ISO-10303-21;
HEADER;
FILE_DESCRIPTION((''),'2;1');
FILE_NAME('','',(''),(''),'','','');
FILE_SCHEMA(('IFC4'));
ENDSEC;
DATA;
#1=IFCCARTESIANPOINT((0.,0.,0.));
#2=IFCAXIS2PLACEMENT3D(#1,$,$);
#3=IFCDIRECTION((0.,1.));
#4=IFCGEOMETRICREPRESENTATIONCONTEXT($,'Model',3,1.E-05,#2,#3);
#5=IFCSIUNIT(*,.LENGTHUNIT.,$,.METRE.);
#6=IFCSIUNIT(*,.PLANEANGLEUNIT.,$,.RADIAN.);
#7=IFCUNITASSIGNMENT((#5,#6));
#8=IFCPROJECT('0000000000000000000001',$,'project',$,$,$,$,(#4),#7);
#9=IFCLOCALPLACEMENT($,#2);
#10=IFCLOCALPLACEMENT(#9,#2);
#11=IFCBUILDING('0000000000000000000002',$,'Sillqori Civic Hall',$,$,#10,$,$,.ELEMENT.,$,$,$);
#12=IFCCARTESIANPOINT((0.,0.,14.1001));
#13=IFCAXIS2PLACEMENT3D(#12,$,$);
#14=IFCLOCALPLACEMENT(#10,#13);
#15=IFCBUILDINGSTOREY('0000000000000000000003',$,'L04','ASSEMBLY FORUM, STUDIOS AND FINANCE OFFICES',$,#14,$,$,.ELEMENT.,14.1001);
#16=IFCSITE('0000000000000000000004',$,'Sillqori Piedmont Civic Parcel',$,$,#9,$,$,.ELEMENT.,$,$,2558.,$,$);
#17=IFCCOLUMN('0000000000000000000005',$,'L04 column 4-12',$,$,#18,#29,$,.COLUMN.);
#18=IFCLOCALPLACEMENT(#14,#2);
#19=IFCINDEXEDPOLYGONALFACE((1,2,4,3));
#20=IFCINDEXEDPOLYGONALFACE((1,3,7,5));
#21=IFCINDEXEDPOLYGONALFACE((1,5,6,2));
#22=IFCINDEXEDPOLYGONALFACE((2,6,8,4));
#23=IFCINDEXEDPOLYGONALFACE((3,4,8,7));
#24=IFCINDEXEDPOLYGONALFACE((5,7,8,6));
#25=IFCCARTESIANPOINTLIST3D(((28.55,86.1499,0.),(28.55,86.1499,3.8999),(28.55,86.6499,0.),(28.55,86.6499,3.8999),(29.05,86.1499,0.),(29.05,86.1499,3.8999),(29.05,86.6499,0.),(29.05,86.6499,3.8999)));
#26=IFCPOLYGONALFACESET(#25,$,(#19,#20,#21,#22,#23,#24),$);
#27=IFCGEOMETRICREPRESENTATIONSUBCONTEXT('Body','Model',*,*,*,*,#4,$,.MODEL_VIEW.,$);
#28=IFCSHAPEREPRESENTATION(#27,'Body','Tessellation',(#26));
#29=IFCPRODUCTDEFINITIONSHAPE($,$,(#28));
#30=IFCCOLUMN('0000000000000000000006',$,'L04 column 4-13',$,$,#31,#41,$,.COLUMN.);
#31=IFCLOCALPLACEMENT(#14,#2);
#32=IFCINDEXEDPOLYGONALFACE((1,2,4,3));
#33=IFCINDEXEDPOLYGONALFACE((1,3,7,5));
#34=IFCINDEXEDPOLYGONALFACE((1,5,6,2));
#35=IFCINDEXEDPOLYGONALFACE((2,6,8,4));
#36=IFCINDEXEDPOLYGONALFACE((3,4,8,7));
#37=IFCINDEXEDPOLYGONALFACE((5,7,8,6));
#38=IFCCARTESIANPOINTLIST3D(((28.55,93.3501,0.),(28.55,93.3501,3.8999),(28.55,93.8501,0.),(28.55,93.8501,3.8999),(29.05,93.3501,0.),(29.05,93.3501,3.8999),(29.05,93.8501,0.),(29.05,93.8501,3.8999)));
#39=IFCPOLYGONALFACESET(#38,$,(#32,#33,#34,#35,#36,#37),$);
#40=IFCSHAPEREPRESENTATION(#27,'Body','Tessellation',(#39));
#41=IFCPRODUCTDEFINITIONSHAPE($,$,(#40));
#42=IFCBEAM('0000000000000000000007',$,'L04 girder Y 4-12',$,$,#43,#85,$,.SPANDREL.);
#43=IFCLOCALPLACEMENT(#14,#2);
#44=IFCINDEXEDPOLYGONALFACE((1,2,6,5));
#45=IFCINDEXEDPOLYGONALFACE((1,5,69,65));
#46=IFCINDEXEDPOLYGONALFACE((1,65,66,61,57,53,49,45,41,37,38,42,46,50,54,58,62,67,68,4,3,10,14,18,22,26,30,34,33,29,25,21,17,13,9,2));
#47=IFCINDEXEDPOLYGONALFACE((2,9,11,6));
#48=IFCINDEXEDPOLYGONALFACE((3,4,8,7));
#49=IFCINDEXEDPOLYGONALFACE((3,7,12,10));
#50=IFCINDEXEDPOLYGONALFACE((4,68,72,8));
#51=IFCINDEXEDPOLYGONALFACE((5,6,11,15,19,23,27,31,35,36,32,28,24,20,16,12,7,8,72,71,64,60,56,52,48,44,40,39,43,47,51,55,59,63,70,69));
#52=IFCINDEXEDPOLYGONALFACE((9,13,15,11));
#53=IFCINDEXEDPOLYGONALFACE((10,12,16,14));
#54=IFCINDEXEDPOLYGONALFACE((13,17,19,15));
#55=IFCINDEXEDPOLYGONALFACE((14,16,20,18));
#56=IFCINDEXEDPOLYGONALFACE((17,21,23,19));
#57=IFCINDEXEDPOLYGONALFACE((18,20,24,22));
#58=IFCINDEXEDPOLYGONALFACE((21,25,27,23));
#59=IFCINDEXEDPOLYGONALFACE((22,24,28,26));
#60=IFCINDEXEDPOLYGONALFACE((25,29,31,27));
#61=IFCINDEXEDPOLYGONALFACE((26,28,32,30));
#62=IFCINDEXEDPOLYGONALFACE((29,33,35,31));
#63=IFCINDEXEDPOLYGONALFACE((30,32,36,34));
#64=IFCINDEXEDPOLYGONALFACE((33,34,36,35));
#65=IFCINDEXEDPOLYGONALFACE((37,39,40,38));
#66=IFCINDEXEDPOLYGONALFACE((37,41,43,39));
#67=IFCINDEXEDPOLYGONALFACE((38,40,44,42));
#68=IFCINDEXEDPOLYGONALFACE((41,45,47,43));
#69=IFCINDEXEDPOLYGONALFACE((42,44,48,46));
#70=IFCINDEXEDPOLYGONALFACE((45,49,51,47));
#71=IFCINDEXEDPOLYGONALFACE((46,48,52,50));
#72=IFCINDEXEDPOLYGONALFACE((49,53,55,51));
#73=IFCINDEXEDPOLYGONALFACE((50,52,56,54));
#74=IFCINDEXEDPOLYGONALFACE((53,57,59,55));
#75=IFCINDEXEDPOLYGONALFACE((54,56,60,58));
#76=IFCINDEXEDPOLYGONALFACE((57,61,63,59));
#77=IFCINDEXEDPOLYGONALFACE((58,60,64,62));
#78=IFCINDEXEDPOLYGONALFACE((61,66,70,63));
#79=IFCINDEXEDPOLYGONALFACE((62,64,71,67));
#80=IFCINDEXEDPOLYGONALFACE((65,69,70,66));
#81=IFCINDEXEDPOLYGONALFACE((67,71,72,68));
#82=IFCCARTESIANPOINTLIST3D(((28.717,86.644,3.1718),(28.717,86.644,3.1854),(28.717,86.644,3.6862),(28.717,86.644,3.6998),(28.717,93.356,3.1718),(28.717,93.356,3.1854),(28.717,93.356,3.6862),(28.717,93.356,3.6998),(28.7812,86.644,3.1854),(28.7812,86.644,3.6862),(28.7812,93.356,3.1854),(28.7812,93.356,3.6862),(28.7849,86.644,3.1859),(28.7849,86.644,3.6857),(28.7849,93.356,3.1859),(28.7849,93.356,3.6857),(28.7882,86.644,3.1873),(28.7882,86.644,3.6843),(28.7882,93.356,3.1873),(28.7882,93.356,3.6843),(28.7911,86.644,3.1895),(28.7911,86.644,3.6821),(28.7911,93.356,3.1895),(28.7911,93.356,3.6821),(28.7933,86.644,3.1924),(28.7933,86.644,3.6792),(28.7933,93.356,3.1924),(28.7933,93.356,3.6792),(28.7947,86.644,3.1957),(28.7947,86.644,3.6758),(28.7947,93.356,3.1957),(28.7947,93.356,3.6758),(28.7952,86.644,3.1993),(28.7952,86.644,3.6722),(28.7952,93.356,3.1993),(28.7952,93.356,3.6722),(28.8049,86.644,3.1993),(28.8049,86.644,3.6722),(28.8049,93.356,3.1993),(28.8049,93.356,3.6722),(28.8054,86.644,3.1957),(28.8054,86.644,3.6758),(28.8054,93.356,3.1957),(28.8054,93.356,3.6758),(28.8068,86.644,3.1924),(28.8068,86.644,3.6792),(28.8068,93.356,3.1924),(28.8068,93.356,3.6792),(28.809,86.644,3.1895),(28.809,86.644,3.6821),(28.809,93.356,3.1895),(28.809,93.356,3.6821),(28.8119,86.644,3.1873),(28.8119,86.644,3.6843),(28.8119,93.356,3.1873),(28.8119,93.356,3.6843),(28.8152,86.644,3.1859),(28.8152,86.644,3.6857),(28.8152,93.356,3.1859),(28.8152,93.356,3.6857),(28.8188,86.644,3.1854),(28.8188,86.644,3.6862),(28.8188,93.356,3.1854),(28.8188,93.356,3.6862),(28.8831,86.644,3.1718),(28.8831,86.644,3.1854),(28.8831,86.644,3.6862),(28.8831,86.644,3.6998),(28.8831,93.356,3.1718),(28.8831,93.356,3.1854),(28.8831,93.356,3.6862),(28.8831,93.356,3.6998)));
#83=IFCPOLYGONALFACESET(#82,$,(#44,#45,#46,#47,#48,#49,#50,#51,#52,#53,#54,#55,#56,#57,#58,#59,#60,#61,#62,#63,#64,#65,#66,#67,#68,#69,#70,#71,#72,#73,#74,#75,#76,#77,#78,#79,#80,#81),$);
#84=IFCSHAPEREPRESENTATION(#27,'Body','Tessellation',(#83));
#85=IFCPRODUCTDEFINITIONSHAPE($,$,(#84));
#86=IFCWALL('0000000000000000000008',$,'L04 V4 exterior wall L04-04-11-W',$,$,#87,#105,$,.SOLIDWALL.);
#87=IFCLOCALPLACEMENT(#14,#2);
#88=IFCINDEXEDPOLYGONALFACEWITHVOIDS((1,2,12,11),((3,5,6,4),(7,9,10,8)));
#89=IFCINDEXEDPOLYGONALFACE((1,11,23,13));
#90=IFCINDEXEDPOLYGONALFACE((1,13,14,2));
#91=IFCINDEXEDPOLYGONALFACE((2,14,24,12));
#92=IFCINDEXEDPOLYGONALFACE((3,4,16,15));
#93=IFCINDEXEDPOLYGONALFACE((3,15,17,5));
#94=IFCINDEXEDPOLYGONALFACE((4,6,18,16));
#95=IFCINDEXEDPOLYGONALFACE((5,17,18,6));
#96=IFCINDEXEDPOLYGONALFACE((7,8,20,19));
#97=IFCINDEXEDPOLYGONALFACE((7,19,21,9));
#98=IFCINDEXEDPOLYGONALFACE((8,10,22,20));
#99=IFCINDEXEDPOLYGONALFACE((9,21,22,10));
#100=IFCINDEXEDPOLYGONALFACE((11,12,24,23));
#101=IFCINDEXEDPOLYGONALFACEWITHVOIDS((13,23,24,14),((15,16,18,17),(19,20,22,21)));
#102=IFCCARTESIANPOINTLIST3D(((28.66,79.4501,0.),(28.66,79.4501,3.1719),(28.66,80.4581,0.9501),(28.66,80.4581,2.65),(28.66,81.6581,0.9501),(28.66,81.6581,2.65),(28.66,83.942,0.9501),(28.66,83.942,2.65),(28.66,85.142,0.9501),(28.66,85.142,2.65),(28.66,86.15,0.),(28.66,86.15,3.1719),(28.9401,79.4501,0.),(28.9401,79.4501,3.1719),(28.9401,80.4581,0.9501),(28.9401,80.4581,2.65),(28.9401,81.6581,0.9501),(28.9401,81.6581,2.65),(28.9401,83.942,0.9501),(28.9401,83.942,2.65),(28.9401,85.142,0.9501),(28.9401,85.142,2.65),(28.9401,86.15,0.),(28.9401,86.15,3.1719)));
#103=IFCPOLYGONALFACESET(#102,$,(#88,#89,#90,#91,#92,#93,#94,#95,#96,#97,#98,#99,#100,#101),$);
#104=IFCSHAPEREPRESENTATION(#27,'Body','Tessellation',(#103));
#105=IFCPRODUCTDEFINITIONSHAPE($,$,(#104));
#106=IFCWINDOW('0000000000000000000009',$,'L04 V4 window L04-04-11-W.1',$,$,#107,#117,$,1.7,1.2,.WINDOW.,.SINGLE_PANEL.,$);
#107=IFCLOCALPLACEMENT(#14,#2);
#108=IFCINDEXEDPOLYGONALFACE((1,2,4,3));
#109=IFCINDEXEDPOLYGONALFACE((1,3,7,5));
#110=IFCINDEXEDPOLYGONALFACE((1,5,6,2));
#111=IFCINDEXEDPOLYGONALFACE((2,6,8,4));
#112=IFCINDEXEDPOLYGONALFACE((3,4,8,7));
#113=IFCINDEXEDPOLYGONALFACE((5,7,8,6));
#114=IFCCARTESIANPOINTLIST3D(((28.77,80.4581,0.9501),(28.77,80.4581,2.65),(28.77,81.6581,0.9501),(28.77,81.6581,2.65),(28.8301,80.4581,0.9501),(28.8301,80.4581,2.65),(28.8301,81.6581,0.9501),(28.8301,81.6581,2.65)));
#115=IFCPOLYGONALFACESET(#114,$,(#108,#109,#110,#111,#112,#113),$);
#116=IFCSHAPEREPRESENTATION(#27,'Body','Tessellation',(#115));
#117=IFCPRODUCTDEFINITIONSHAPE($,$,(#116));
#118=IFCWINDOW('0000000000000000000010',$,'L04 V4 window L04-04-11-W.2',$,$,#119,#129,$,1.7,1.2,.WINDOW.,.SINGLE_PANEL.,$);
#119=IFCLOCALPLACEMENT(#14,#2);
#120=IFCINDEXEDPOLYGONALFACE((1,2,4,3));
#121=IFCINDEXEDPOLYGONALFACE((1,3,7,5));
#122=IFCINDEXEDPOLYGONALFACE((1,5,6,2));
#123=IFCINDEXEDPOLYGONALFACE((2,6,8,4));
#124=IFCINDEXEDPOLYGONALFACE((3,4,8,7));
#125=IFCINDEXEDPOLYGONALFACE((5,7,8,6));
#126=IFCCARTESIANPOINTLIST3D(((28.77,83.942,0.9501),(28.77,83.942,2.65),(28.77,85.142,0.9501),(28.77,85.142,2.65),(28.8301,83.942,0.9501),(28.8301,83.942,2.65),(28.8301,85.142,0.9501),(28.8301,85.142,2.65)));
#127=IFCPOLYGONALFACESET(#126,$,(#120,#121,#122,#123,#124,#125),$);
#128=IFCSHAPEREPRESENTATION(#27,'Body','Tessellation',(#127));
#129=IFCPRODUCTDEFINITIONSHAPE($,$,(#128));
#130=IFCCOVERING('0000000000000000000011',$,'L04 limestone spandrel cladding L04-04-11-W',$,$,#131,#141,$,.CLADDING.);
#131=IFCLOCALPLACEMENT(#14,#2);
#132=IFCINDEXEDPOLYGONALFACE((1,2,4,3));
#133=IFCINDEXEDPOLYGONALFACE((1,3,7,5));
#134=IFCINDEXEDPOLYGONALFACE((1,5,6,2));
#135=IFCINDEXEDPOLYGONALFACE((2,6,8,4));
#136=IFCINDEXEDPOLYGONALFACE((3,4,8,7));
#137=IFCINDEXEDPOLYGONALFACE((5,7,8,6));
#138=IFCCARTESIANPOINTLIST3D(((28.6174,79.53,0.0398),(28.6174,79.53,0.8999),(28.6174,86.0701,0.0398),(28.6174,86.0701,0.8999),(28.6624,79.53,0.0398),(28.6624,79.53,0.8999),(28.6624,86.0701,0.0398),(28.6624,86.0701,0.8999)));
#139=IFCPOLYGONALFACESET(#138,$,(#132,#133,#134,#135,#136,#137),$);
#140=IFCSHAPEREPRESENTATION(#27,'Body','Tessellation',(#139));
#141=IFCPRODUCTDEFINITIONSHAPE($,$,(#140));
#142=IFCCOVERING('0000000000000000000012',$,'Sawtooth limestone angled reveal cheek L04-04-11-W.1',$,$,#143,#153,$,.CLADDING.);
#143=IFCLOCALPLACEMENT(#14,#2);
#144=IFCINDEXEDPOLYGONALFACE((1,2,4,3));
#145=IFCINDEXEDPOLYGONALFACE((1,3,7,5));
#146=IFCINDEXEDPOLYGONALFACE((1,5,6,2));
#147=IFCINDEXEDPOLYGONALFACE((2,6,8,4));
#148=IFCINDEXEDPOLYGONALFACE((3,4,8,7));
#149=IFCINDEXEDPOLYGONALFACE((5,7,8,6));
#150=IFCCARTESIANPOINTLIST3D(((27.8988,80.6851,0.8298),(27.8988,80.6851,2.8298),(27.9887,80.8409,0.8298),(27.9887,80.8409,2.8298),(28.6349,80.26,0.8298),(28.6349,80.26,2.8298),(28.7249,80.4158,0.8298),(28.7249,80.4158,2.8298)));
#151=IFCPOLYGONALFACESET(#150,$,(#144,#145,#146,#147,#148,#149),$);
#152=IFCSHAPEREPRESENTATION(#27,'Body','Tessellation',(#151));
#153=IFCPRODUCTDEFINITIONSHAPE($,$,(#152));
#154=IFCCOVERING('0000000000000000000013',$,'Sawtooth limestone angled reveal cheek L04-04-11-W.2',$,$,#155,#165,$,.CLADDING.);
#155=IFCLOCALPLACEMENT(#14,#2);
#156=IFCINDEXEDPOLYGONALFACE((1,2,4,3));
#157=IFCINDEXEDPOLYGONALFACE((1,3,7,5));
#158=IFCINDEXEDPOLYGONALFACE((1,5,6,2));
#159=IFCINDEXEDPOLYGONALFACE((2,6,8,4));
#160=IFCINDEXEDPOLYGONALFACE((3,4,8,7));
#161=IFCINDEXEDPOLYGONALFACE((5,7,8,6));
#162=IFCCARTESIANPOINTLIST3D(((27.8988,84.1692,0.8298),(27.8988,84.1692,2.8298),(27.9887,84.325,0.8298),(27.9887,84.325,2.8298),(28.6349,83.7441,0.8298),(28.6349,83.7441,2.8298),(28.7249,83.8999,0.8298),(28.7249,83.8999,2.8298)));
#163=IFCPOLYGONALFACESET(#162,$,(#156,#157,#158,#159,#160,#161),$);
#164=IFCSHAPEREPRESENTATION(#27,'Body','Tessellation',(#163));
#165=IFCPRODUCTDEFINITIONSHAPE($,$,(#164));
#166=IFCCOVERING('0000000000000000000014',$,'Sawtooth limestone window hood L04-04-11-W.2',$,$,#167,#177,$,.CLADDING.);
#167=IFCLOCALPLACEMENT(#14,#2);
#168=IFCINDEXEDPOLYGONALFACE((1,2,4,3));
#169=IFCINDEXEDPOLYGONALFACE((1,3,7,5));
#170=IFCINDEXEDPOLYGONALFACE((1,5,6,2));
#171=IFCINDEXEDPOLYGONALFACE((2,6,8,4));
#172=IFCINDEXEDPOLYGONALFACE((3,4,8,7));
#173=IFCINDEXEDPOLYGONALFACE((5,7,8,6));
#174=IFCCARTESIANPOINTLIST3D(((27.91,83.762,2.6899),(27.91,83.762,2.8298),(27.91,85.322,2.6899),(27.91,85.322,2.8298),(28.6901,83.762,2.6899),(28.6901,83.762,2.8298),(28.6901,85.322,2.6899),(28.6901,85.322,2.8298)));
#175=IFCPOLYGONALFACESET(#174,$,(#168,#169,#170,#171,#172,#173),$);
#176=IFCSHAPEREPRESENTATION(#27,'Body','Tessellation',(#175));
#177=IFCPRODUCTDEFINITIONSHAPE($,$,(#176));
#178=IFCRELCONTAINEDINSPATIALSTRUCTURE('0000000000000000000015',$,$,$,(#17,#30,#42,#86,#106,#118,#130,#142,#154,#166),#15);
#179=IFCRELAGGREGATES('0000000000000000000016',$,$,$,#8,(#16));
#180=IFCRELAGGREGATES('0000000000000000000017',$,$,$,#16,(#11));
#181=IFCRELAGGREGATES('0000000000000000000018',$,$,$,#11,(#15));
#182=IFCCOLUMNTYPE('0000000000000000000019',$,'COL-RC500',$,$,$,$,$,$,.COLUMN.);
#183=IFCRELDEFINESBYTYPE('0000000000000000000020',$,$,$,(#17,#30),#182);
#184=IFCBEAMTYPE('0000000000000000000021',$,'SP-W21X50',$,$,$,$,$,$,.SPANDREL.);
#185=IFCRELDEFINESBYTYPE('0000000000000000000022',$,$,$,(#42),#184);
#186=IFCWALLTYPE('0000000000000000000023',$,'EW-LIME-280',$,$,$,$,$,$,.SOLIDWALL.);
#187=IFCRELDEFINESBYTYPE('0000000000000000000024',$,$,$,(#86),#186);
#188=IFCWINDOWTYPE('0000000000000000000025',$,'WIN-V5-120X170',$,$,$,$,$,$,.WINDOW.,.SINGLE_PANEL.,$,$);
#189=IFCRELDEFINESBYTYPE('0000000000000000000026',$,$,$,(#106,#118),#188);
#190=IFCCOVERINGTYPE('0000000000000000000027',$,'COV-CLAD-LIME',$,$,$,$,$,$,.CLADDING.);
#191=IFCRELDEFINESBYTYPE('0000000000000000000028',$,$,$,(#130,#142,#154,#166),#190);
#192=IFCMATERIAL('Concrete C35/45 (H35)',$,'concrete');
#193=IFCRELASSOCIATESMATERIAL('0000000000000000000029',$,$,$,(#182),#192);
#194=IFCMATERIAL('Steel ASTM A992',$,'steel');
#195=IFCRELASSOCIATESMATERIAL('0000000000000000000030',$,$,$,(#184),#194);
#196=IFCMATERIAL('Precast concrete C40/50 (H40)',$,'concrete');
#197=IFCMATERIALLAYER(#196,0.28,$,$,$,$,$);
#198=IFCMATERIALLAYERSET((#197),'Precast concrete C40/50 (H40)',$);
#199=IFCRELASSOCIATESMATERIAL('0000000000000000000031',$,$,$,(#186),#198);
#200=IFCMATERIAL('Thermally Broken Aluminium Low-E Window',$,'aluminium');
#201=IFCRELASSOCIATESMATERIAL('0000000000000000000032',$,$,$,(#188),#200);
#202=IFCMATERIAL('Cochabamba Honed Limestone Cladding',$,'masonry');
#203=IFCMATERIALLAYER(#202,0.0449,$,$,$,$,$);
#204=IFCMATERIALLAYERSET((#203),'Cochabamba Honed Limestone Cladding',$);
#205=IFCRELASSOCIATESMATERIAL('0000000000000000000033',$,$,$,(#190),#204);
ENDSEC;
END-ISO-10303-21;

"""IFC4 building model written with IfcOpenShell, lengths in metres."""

from ifc_helpers import new_model, si_unit, direction, frame, frame_2d, origin, origin_2d, place, context, subcontext, project, spatial, rectangle, i_section, extrude, material, layer, layer_set, material_profile, profile_set, type_object, element, fill, save


model = new_model("IFC4")

# Units and contexts
model_context = context("Model", 3, precision=1e-05, world=origin(), true_north=direction((0.0, 1.0)))
body_context = subcontext(model_context, "Body", "Model", "MODEL_VIEW")
ifc_project = project(units=[si_unit("LENGTHUNIT", "METRE"), si_unit("PLANEANGLEUNIT", "RADIAN")], contexts=[model_context])

# Site, building, storey
site_placement = place(None, origin())
site = spatial("IfcSite", under=ifc_project, at=site_placement, Name="Sillqori Piedmont Civic Parcel", CompositionType="ELEMENT", RefElevation=2558.0)
building_placement = place(site_placement, origin())
building = spatial("IfcBuilding", under=site, at=building_placement, Name="Sillqori Civic Hall", CompositionType="ELEMENT")
storey_placement = place(building_placement, frame((0.0, 0.0, 14.1001)))
storey = spatial("IfcBuildingStorey", under=building, at=storey_placement, Name="L04", Description="ASSEMBLY FORUM, STUDIOS AND FINANCE OFFICES", CompositionType="ELEMENT", Elevation=14.1001)

# Columns
ifc_material_1 = material(Name="Concrete C35/45 (H35)", Category="concrete")
ifc_material_profile_1 = material_profile(ifc_material_1, rectangle(XDim=0.5, YDim=0.5, at=origin_2d()), Name="RC 500x500")
ifc_profile_set_1 = profile_set([ifc_material_profile_1], Name="Concrete C35/45 (H35)")
column_type = type_object("IfcColumnType", Name="COL-RC500", PredefinedType="COLUMN", material=ifc_profile_set_1)
for number, where, z_axis, x_axis, name in (
    (1, (28.8, 86.3999, 0.0), (0.0, 0.0, 1.0), (1.0, 0.0, 0.0), "L04 column 4-12"),
    (2, (28.8, 93.6001, 0.0), (0.0, 0.0, 1.0), (1.0, 0.0, 0.0), "L04 column 4-13"),
):
    element("IfcColumn", number, at=place(storey_placement, frame(where, z_axis=z_axis, x_axis=x_axis)), inside=storey, type_object=column_type, Name=name, PredefinedType="COLUMN", context=body_context, shape_type="SweptSolid", body=[
        extrude(rectangle(XDim=0.5, YDim=0.5, at=origin_2d()), origin(), (0.0, 0.0, 1.0), 3.8999),
    ])

# Beam
ifc_material_2 = material(Name="Steel ASTM A992", Category="steel")
ifc_material_profile_2 = material_profile(ifc_material_2, i_section(OverallWidth=0.166, OverallDepth=0.5281, WebThickness=0.0098, FlangeThickness=0.0137, FilletRadius=0.0139, at=origin_2d()), Name="W21X50")
ifc_profile_set_2 = profile_set([ifc_material_profile_2], Name="Steel ASTM A992")
beam_type = type_object("IfcBeamType", Name="SP-W21X50", PredefinedType="SPANDREL", material=ifc_profile_set_2)
beam_placement = place(storey_placement, frame((28.8, 86.644, 3.4358), z_axis=(0.0, 1.0, 0.0), x_axis=(-1.0, 0.0, 0.0)))
element("IfcBeam", 3, at=beam_placement, inside=storey, type_object=beam_type, Name="L04 girder Y 4-12", PredefinedType="SPANDREL", context=body_context, shape_type="SweptSolid", body=[
    extrude(i_section(OverallWidth=0.166, OverallDepth=0.5281, WebThickness=0.0098, FlangeThickness=0.0137, FilletRadius=0.0139, at=origin_2d()), origin(), (0.0, 0.0, 1.0), 6.7119),
])

# Wall, openings, windows
ifc_material_3 = material(Name="Precast concrete C40/50 (H40)", Category="concrete")
ifc_layer_1 = layer(ifc_material_3, 0.28)
ifc_layer_set_1 = layer_set([ifc_layer_1], Name="Precast concrete C40/50 (H40)")
wall_type = type_object("IfcWallType", Name="EW-LIME-280", PredefinedType="SOLIDWALL", material=ifc_layer_set_1)
wall_placement = place(storey_placement, frame((28.8, 79.45, 0.0), z_axis=(0.0, 0.0, 1.0), x_axis=(0.0, 1.0, 0.0)))
wall = element("IfcWall", 4, at=wall_placement, inside=storey, type_object=wall_type, Name="L04 V4 exterior wall L04-04-11-W", PredefinedType="SOLIDWALL", context=body_context, shape_type="SweptSolid", body=[
    extrude(rectangle(XDim=6.7, YDim=0.28, at=frame_2d((3.3501, 0.0))), origin(), (0.0, 0.0, 1.0), 3.1719),
])
opening_1_placement = place(wall_placement, frame((1.0081, 0.0, 0.95)))
opening_1 = element("IfcOpeningElement", 5, at=opening_1_placement, cuts=wall, PredefinedType="OPENING", context=body_context, shape_type="SweptSolid", body=[
    extrude(rectangle(XDim=1.2, YDim=1.7, at=frame_2d((0.6001, 0.8501))), frame((0.0, 0.1499, 0.0), z_axis=(0.0, -1.0, 0.0), x_axis=(1.0, 0.0, 0.0)), (0.0, 0.0, 1.0), 0.3),
])
opening_2_placement = place(wall_placement, frame((4.4919, 0.0, 0.95)))
opening_2 = element("IfcOpeningElement", 6, at=opening_2_placement, cuts=wall, PredefinedType="OPENING", context=body_context, shape_type="SweptSolid", body=[
    extrude(rectangle(XDim=1.2, YDim=1.7, at=frame_2d((0.6001, 0.8501))), frame((0.0, 0.1499, 0.0), z_axis=(0.0, -1.0, 0.0), x_axis=(1.0, 0.0, 0.0)), (0.0, 0.0, 1.0), 0.3),
])
ifc_material_4 = material(Name="Thermally Broken Aluminium Low-E Window", Category="aluminium")
window_type = type_object("IfcWindowType", Name="WIN-V5-120X170", PartitioningType="SINGLE_PANEL", PredefinedType="WINDOW", material=ifc_material_4)
window_1_placement = place(opening_1_placement, origin())
window_1 = element("IfcWindow", 7, at=window_1_placement, inside=storey, type_object=window_type, Name="L04 V4 window L04-04-11-W.1", OverallHeight=1.7, OverallWidth=1.2, PartitioningType="SINGLE_PANEL", PredefinedType="WINDOW", context=body_context, shape_type="SweptSolid", body=[
    extrude(rectangle(XDim=1.2, YDim=1.7, at=frame_2d((0.6001, 0.8501))), frame((0.0, 0.03, 0.0), z_axis=(0.0, -1.0, 0.0), x_axis=(1.0, 0.0, 0.0)), (0.0, 0.0, 1.0), 0.0601),
])
fill(opening_1, window_1)
window_2_placement = place(opening_2_placement, origin())
window_2 = element("IfcWindow", 8, at=window_2_placement, inside=storey, type_object=window_type, Name="L04 V4 window L04-04-11-W.2", OverallHeight=1.7, OverallWidth=1.2, PartitioningType="SINGLE_PANEL", PredefinedType="WINDOW", context=body_context, shape_type="SweptSolid", body=[
    extrude(rectangle(XDim=1.2, YDim=1.7, at=frame_2d((0.6001, 0.8501))), frame((0.0, 0.03, 0.0), z_axis=(0.0, -1.0, 0.0), x_axis=(1.0, 0.0, 0.0)), (0.0, 0.0, 1.0), 0.0601),
])
fill(opening_2, window_2)

# Coverings
ifc_material_5 = material(Name="Cochabamba Honed Limestone Cladding", Category="masonry")
ifc_layer_2 = layer(ifc_material_5, 0.0449)
ifc_layer_set_2 = layer_set([ifc_layer_2], Name="Cochabamba Honed Limestone Cladding")
covering_type = type_object("IfcCoveringType", Name="COV-CLAD-LIME", PredefinedType="CLADDING", material=ifc_layer_set_2)
covering_1_placement = place(storey_placement, frame((28.6399, 79.53, 0.0398), z_axis=(0.0, 0.0, 1.0), x_axis=(0.0, 1.0, 0.0)))
element("IfcCovering", 9, at=covering_1_placement, inside=storey, type_object=covering_type, Name="L04 limestone spandrel cladding L04-04-11-W", PredefinedType="CLADDING", context=body_context, shape_type="SweptSolid", body=[
    extrude(rectangle(XDim=6.54, YDim=0.0449, at=frame_2d((3.27, 0.0))), origin(), (0.0, 0.0, 1.0), 0.8601),
])
for number, where, z_axis, x_axis, name in (
    (10, (28.6799, 80.3379, 0.8298), (0.0, 0.0, 1.0), (-0.865989, 0.500062, 0.0), "Sawtooth limestone angled reveal cheek L04-04-11-W.1"),
    (11, (28.6799, 83.822, 0.8298), (0.0, 0.0, 1.0), (-0.865989, 0.500062, 0.0), "Sawtooth limestone angled reveal cheek L04-04-11-W.2"),
):
    element("IfcCovering", number, at=place(storey_placement, frame(where, z_axis=z_axis, x_axis=x_axis)), inside=storey, type_object=covering_type, Name=name, PredefinedType="CLADDING", context=body_context, shape_type="SweptSolid", body=[
        extrude(rectangle(XDim=0.8501, YDim=0.1799, at=frame_2d((0.425, 0.0))), origin(), (0.0, 0.0, 1.0), 2.0),
    ])
covering_2_placement = place(storey_placement, frame((28.3, 83.762, 2.6899), z_axis=(0.0, 0.0, 1.0), x_axis=(0.0, 1.0, 0.0)))
element("IfcCovering", 12, at=covering_2_placement, inside=storey, type_object=covering_type, Name="Sawtooth limestone window hood L04-04-11-W.2", PredefinedType="CLADDING", context=body_context, shape_type="SweptSolid", body=[
    extrude(rectangle(XDim=1.5601, YDim=0.78, at=frame_2d((0.78, 0.0))), origin(), (0.0, 0.0, 1.0), 0.1399),
])

save(model, "model.ifc")
